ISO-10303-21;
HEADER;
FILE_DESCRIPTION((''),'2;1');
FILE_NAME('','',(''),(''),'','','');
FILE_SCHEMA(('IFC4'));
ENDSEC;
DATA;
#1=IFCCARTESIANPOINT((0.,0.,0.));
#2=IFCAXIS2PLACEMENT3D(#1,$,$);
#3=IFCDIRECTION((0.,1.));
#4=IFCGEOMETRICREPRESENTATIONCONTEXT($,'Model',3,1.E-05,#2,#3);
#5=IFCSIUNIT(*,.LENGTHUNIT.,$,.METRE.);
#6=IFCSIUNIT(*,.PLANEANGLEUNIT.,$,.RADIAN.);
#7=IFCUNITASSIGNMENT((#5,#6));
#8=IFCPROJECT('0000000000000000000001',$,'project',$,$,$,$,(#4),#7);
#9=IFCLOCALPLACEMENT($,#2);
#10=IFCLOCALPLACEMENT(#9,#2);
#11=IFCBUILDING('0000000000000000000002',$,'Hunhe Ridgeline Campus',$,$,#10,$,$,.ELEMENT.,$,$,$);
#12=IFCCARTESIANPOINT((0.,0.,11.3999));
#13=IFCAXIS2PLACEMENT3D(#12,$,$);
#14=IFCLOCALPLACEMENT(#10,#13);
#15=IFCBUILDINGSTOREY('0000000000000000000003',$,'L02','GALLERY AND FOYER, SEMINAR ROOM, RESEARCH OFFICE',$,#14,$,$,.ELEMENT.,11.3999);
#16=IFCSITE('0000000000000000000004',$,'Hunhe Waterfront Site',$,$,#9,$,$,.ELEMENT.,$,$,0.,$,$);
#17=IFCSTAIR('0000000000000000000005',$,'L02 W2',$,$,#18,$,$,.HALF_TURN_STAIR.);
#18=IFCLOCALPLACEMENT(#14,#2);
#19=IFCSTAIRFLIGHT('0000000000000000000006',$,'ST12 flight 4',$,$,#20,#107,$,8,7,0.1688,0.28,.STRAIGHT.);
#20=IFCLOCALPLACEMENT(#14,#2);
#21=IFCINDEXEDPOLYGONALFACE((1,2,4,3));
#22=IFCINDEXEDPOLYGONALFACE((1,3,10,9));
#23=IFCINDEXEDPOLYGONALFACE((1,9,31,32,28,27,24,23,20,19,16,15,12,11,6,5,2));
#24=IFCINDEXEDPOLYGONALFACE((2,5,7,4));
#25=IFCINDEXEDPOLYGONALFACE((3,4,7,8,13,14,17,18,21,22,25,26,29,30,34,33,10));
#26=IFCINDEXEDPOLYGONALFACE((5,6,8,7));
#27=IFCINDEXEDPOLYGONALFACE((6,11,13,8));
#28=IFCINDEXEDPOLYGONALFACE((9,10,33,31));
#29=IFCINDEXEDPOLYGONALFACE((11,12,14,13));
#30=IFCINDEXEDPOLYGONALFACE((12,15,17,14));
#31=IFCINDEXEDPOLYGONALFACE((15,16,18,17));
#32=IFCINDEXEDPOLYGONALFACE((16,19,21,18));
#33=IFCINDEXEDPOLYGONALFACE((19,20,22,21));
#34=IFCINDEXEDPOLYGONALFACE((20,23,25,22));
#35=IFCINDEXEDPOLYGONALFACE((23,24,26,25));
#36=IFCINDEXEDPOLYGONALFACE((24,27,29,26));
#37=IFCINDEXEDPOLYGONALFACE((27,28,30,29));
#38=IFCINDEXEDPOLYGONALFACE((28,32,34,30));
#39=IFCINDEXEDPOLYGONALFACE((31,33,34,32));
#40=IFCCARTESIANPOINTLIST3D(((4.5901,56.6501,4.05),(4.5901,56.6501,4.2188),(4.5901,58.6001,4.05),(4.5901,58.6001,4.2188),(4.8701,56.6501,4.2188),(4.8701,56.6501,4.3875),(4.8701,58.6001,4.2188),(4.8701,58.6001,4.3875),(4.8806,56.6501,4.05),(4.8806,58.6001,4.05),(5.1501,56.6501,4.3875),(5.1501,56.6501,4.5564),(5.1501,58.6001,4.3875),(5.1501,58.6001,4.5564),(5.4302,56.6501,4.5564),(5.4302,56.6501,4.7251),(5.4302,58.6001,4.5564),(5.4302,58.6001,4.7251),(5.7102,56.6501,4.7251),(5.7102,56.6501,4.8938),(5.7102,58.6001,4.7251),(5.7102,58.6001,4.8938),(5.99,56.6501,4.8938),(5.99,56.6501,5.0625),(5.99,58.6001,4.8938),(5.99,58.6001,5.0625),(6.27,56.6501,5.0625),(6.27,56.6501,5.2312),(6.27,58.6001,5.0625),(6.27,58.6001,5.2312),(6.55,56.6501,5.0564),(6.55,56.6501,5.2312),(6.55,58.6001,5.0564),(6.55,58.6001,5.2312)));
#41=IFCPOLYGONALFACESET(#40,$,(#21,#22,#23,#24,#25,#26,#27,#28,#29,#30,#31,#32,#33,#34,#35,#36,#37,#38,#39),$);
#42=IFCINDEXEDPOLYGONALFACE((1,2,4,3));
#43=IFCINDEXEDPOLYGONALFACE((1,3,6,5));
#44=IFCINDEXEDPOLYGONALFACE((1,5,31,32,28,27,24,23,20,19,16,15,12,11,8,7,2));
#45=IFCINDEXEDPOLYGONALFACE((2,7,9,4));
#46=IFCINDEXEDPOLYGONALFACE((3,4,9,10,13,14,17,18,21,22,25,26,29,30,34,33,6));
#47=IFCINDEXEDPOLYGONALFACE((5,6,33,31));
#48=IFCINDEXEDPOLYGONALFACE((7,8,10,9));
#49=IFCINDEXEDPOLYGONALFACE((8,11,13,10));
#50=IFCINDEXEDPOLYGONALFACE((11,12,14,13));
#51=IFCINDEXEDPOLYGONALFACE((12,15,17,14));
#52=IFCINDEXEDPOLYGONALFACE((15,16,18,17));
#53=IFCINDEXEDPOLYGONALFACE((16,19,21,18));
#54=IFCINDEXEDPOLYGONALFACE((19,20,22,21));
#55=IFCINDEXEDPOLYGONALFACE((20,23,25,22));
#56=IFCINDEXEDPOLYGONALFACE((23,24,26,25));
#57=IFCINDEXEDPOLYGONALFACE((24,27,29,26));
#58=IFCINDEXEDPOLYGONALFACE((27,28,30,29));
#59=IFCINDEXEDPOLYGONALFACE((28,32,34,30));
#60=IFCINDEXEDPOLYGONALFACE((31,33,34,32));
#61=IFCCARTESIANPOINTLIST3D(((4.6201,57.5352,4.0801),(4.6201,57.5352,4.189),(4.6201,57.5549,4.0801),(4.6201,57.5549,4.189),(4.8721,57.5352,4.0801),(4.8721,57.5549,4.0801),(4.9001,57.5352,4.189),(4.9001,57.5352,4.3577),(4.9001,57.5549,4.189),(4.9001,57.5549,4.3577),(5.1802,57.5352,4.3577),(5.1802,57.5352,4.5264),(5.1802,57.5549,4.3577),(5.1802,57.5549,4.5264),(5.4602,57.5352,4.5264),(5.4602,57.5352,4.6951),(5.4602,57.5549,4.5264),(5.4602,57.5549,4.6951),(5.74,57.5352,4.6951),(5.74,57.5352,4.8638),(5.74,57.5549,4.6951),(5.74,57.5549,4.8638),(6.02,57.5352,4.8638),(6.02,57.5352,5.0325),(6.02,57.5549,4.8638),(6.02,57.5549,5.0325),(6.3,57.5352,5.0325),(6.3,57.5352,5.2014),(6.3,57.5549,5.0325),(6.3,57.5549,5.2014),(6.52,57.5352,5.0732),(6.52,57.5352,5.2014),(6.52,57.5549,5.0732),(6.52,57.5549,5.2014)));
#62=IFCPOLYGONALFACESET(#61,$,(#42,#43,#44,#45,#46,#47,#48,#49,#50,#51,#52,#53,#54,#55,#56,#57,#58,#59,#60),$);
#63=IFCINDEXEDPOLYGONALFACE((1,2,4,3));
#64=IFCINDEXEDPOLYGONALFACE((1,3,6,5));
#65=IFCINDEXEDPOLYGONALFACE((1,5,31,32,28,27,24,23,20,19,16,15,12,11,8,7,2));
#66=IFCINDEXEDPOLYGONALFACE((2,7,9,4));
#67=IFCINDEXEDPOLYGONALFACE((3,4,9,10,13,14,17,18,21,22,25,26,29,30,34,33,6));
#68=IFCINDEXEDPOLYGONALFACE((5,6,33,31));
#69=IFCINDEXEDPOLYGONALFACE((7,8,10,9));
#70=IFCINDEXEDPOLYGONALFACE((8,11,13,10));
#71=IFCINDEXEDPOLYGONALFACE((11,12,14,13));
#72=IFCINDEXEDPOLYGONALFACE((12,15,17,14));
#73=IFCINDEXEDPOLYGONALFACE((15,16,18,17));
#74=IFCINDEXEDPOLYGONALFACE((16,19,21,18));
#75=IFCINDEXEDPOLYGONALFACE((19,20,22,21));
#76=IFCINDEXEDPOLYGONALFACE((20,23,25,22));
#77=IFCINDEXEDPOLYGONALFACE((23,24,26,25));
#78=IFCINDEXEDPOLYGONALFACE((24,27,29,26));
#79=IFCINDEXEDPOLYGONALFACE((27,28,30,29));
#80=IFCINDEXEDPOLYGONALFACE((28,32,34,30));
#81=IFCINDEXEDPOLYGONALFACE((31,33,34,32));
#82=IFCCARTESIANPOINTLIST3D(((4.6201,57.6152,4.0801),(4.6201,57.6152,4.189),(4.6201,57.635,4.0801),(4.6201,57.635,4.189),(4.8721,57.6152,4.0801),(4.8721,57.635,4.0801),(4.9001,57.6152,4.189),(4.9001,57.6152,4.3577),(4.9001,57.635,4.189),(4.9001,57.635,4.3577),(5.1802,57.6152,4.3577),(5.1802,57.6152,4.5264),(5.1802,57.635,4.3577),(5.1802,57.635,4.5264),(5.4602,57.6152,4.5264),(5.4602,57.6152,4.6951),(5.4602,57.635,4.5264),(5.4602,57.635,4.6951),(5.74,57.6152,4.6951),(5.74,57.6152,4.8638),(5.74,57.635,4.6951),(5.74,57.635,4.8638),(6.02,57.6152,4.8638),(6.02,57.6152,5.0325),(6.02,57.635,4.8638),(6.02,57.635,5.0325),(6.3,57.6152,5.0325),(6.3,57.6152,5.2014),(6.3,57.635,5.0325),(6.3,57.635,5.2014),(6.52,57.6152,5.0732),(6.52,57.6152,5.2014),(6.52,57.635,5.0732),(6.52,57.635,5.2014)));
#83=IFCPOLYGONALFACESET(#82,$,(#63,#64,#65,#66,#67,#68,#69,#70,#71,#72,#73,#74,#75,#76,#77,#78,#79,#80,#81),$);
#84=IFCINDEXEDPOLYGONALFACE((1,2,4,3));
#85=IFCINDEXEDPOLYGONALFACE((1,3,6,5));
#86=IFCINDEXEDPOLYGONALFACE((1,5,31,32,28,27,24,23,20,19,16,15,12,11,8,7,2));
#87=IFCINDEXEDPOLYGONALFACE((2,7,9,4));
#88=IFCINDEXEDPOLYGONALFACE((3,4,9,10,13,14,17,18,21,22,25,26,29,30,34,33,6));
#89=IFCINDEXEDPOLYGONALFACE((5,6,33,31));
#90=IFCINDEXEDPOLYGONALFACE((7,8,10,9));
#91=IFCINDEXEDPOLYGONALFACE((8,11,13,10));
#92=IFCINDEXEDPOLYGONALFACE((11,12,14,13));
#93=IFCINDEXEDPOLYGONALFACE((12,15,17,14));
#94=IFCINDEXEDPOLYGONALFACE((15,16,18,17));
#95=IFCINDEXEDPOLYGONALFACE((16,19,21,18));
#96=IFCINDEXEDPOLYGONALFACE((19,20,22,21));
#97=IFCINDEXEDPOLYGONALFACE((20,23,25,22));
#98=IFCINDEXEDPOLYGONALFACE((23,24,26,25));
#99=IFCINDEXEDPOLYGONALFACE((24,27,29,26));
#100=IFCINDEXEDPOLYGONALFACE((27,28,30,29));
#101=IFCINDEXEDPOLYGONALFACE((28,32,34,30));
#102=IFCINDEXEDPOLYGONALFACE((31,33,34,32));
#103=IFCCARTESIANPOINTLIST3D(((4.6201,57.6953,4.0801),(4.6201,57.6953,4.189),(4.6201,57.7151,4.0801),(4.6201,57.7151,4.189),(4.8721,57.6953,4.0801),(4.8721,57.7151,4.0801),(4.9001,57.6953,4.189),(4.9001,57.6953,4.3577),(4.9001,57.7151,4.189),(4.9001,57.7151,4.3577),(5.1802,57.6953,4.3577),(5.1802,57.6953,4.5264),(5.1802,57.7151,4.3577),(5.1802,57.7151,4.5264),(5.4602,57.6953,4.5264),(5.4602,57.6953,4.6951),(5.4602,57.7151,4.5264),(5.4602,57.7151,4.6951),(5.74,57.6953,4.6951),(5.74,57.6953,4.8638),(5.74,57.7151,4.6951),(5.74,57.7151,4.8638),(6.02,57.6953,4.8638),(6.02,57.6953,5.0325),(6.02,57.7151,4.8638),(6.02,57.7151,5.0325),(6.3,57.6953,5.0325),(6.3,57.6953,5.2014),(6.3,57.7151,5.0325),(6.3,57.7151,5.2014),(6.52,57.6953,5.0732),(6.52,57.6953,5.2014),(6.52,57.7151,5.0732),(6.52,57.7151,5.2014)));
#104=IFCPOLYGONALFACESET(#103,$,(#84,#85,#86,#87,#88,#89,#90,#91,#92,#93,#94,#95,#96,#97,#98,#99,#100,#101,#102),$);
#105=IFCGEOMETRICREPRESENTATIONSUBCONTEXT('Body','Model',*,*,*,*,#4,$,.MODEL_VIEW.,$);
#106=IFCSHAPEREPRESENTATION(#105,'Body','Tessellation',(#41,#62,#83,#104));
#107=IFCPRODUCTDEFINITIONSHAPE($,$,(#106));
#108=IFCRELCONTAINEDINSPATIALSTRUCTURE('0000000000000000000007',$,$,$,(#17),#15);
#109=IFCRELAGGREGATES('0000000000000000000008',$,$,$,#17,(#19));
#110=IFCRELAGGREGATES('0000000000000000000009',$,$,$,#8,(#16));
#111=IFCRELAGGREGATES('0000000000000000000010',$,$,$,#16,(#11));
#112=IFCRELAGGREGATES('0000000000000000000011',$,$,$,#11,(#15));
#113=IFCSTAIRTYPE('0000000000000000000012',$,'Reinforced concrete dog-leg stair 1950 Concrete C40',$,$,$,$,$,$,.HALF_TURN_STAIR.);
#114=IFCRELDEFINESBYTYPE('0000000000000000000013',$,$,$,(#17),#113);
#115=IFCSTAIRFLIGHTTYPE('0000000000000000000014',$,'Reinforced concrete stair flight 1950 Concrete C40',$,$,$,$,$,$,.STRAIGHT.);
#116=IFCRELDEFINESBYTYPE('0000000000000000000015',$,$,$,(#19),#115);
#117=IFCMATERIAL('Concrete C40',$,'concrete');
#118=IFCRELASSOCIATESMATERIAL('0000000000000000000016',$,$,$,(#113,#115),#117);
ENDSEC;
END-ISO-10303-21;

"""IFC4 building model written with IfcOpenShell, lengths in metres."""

from ifc_helpers import new_model, si_unit, direction, frame, origin, place, context, subcontext, project, spatial, polyline, outline, extrude, material, type_object, element, aggregate, save


model = new_model("IFC4")

# Units and contexts
model_context = context("Model", 3, precision=1e-05, world=origin(), true_north=direction((0.0, 1.0)))
body_context = subcontext(model_context, "Body", "Model", "MODEL_VIEW")
ifc_project = project(units=[si_unit("LENGTHUNIT", "METRE"), si_unit("PLANEANGLEUNIT", "RADIAN")], contexts=[model_context])

# Site, building, storey
site_placement = place(None, origin())
site = spatial("IfcSite", under=ifc_project, at=site_placement, Name="Hunhe Waterfront Site", CompositionType="ELEMENT", RefElevation=0.0)
building_placement = place(site_placement, origin())
building = spatial("IfcBuilding", under=site, at=building_placement, Name="Hunhe Ridgeline Campus", CompositionType="ELEMENT")
storey_placement = place(building_placement, frame((0.0, 0.0, 11.3999)))
storey = spatial("IfcBuildingStorey", under=building, at=storey_placement, Name="L02", Description="GALLERY AND FOYER, SEMINAR ROOM, RESEARCH OFFICE", CompositionType="ELEMENT", Elevation=11.3999)

# Stair, stair flight
ifc_material_1 = material(Name="Concrete C40", Category="concrete")
stair_type = type_object("IfcStairType", Name="Reinforced concrete dog-leg stair 1950 Concrete C40", PredefinedType="HALF_TURN_STAIR", material=ifc_material_1)
stair_flight_type = type_object("IfcStairFlightType", Name="Reinforced concrete stair flight 1950 Concrete C40", PredefinedType="STRAIGHT", material=ifc_material_1)
stair_1_placement = place(storey_placement, origin())
stair_1 = element("IfcStair", 1, at=stair_1_placement, inside=storey, type_object=stair_type, Name="L02 W2", PredefinedType="HALF_TURN_STAIR")
stair_flight_1_placement = place(storey_placement, frame((4.5901, 57.625, 4.05), z_axis=(0.0, 0.0, 1.0), x_axis=(1.0, 0.0, 0.0)))
stair_flight_1 = element("IfcStairFlight", 2, at=stair_flight_1_placement, type_object=stair_flight_type, Name="ST12 flight 4", NumberOfRisers=8, NumberOfTreads=7, PredefinedType="STRAIGHT", RiserHeight=0.1688, TreadLength=0.28, context=body_context, shape_type="SweptSolid", body=[
    extrude(outline(polyline([(0.0, 0.0), (0.0, 0.1687), (0.28, 0.1687), (0.28, 0.3374), (0.5601, 0.3374), (0.5601, 0.5063), (0.8401, 0.5063), (0.8401, 0.675), (1.1201, 0.675), (1.1201, 0.8438), (1.3999, 0.8438), (1.3999, 1.0125), (1.6799, 1.0125), (1.6799, 1.1812), (1.96, 1.1812), (1.96, 1.3501), (1.96, 1.0063), (0.2905, 0.0), (0.0, 0.0)])), frame((0.0, 0.9751, 0.0), z_axis=(0.0, -1.0, 0.0), x_axis=(1.0, 0.0, 0.0)), (0.0, 0.0, 1.0), 1.95),
    extrude(outline(polyline([(0.03, 0.03), (0.03, 0.1389), (0.3101, 0.1389), (0.3101, 0.3076), (0.5901, 0.3076), (0.5901, 0.4763), (0.8701, 0.4763), (0.8701, 0.645), (1.1499, 0.645), (1.1499, 0.8137), (1.4299, 0.8137), (1.4299, 0.9824), (1.71, 0.9824), (1.71, 1.1514), (1.9299, 1.1514), (1.9299, 1.0232), (0.282, 0.03), (0.03, 0.03)])), frame((0.0, -0.0701, 0.0), z_axis=(0.0, -1.0, 0.0), x_axis=(1.0, 0.0, 0.0)), (0.0, 0.0, 1.0), 0.0198),
    extrude(outline(polyline([(0.03, 0.03), (0.03, 0.1389), (0.3101, 0.1389), (0.3101, 0.3076), (0.5901, 0.3076), (0.5901, 0.4763), (0.8701, 0.4763), (0.8701, 0.645), (1.1499, 0.645), (1.1499, 0.8137), (1.4299, 0.8137), (1.4299, 0.9824), (1.71, 0.9824), (1.71, 1.1514), (1.9299, 1.1514), (1.9299, 1.0232), (0.282, 0.03), (0.03, 0.03)])), frame((0.0, 0.01, 0.0), z_axis=(0.0, -1.0, 0.0), x_axis=(1.0, 0.0, 0.0)), (0.0, 0.0, 1.0), 0.0198),
    extrude(outline(polyline([(0.03, 0.03), (0.03, 0.1389), (0.3101, 0.1389), (0.3101, 0.3076), (0.5901, 0.3076), (0.5901, 0.4763), (0.8701, 0.4763), (0.8701, 0.645), (1.1499, 0.645), (1.1499, 0.8137), (1.4299, 0.8137), (1.4299, 0.9824), (1.71, 0.9824), (1.71, 1.1514), (1.9299, 1.1514), (1.9299, 1.0232), (0.282, 0.03), (0.03, 0.03)])), frame((0.0, 0.0901, 0.0), z_axis=(0.0, -1.0, 0.0), x_axis=(1.0, 0.0, 0.0)), (0.0, 0.0, 1.0), 0.0198),
])
aggregate(stair_1, [stair_flight_1])

save(model, "model.ifc")
